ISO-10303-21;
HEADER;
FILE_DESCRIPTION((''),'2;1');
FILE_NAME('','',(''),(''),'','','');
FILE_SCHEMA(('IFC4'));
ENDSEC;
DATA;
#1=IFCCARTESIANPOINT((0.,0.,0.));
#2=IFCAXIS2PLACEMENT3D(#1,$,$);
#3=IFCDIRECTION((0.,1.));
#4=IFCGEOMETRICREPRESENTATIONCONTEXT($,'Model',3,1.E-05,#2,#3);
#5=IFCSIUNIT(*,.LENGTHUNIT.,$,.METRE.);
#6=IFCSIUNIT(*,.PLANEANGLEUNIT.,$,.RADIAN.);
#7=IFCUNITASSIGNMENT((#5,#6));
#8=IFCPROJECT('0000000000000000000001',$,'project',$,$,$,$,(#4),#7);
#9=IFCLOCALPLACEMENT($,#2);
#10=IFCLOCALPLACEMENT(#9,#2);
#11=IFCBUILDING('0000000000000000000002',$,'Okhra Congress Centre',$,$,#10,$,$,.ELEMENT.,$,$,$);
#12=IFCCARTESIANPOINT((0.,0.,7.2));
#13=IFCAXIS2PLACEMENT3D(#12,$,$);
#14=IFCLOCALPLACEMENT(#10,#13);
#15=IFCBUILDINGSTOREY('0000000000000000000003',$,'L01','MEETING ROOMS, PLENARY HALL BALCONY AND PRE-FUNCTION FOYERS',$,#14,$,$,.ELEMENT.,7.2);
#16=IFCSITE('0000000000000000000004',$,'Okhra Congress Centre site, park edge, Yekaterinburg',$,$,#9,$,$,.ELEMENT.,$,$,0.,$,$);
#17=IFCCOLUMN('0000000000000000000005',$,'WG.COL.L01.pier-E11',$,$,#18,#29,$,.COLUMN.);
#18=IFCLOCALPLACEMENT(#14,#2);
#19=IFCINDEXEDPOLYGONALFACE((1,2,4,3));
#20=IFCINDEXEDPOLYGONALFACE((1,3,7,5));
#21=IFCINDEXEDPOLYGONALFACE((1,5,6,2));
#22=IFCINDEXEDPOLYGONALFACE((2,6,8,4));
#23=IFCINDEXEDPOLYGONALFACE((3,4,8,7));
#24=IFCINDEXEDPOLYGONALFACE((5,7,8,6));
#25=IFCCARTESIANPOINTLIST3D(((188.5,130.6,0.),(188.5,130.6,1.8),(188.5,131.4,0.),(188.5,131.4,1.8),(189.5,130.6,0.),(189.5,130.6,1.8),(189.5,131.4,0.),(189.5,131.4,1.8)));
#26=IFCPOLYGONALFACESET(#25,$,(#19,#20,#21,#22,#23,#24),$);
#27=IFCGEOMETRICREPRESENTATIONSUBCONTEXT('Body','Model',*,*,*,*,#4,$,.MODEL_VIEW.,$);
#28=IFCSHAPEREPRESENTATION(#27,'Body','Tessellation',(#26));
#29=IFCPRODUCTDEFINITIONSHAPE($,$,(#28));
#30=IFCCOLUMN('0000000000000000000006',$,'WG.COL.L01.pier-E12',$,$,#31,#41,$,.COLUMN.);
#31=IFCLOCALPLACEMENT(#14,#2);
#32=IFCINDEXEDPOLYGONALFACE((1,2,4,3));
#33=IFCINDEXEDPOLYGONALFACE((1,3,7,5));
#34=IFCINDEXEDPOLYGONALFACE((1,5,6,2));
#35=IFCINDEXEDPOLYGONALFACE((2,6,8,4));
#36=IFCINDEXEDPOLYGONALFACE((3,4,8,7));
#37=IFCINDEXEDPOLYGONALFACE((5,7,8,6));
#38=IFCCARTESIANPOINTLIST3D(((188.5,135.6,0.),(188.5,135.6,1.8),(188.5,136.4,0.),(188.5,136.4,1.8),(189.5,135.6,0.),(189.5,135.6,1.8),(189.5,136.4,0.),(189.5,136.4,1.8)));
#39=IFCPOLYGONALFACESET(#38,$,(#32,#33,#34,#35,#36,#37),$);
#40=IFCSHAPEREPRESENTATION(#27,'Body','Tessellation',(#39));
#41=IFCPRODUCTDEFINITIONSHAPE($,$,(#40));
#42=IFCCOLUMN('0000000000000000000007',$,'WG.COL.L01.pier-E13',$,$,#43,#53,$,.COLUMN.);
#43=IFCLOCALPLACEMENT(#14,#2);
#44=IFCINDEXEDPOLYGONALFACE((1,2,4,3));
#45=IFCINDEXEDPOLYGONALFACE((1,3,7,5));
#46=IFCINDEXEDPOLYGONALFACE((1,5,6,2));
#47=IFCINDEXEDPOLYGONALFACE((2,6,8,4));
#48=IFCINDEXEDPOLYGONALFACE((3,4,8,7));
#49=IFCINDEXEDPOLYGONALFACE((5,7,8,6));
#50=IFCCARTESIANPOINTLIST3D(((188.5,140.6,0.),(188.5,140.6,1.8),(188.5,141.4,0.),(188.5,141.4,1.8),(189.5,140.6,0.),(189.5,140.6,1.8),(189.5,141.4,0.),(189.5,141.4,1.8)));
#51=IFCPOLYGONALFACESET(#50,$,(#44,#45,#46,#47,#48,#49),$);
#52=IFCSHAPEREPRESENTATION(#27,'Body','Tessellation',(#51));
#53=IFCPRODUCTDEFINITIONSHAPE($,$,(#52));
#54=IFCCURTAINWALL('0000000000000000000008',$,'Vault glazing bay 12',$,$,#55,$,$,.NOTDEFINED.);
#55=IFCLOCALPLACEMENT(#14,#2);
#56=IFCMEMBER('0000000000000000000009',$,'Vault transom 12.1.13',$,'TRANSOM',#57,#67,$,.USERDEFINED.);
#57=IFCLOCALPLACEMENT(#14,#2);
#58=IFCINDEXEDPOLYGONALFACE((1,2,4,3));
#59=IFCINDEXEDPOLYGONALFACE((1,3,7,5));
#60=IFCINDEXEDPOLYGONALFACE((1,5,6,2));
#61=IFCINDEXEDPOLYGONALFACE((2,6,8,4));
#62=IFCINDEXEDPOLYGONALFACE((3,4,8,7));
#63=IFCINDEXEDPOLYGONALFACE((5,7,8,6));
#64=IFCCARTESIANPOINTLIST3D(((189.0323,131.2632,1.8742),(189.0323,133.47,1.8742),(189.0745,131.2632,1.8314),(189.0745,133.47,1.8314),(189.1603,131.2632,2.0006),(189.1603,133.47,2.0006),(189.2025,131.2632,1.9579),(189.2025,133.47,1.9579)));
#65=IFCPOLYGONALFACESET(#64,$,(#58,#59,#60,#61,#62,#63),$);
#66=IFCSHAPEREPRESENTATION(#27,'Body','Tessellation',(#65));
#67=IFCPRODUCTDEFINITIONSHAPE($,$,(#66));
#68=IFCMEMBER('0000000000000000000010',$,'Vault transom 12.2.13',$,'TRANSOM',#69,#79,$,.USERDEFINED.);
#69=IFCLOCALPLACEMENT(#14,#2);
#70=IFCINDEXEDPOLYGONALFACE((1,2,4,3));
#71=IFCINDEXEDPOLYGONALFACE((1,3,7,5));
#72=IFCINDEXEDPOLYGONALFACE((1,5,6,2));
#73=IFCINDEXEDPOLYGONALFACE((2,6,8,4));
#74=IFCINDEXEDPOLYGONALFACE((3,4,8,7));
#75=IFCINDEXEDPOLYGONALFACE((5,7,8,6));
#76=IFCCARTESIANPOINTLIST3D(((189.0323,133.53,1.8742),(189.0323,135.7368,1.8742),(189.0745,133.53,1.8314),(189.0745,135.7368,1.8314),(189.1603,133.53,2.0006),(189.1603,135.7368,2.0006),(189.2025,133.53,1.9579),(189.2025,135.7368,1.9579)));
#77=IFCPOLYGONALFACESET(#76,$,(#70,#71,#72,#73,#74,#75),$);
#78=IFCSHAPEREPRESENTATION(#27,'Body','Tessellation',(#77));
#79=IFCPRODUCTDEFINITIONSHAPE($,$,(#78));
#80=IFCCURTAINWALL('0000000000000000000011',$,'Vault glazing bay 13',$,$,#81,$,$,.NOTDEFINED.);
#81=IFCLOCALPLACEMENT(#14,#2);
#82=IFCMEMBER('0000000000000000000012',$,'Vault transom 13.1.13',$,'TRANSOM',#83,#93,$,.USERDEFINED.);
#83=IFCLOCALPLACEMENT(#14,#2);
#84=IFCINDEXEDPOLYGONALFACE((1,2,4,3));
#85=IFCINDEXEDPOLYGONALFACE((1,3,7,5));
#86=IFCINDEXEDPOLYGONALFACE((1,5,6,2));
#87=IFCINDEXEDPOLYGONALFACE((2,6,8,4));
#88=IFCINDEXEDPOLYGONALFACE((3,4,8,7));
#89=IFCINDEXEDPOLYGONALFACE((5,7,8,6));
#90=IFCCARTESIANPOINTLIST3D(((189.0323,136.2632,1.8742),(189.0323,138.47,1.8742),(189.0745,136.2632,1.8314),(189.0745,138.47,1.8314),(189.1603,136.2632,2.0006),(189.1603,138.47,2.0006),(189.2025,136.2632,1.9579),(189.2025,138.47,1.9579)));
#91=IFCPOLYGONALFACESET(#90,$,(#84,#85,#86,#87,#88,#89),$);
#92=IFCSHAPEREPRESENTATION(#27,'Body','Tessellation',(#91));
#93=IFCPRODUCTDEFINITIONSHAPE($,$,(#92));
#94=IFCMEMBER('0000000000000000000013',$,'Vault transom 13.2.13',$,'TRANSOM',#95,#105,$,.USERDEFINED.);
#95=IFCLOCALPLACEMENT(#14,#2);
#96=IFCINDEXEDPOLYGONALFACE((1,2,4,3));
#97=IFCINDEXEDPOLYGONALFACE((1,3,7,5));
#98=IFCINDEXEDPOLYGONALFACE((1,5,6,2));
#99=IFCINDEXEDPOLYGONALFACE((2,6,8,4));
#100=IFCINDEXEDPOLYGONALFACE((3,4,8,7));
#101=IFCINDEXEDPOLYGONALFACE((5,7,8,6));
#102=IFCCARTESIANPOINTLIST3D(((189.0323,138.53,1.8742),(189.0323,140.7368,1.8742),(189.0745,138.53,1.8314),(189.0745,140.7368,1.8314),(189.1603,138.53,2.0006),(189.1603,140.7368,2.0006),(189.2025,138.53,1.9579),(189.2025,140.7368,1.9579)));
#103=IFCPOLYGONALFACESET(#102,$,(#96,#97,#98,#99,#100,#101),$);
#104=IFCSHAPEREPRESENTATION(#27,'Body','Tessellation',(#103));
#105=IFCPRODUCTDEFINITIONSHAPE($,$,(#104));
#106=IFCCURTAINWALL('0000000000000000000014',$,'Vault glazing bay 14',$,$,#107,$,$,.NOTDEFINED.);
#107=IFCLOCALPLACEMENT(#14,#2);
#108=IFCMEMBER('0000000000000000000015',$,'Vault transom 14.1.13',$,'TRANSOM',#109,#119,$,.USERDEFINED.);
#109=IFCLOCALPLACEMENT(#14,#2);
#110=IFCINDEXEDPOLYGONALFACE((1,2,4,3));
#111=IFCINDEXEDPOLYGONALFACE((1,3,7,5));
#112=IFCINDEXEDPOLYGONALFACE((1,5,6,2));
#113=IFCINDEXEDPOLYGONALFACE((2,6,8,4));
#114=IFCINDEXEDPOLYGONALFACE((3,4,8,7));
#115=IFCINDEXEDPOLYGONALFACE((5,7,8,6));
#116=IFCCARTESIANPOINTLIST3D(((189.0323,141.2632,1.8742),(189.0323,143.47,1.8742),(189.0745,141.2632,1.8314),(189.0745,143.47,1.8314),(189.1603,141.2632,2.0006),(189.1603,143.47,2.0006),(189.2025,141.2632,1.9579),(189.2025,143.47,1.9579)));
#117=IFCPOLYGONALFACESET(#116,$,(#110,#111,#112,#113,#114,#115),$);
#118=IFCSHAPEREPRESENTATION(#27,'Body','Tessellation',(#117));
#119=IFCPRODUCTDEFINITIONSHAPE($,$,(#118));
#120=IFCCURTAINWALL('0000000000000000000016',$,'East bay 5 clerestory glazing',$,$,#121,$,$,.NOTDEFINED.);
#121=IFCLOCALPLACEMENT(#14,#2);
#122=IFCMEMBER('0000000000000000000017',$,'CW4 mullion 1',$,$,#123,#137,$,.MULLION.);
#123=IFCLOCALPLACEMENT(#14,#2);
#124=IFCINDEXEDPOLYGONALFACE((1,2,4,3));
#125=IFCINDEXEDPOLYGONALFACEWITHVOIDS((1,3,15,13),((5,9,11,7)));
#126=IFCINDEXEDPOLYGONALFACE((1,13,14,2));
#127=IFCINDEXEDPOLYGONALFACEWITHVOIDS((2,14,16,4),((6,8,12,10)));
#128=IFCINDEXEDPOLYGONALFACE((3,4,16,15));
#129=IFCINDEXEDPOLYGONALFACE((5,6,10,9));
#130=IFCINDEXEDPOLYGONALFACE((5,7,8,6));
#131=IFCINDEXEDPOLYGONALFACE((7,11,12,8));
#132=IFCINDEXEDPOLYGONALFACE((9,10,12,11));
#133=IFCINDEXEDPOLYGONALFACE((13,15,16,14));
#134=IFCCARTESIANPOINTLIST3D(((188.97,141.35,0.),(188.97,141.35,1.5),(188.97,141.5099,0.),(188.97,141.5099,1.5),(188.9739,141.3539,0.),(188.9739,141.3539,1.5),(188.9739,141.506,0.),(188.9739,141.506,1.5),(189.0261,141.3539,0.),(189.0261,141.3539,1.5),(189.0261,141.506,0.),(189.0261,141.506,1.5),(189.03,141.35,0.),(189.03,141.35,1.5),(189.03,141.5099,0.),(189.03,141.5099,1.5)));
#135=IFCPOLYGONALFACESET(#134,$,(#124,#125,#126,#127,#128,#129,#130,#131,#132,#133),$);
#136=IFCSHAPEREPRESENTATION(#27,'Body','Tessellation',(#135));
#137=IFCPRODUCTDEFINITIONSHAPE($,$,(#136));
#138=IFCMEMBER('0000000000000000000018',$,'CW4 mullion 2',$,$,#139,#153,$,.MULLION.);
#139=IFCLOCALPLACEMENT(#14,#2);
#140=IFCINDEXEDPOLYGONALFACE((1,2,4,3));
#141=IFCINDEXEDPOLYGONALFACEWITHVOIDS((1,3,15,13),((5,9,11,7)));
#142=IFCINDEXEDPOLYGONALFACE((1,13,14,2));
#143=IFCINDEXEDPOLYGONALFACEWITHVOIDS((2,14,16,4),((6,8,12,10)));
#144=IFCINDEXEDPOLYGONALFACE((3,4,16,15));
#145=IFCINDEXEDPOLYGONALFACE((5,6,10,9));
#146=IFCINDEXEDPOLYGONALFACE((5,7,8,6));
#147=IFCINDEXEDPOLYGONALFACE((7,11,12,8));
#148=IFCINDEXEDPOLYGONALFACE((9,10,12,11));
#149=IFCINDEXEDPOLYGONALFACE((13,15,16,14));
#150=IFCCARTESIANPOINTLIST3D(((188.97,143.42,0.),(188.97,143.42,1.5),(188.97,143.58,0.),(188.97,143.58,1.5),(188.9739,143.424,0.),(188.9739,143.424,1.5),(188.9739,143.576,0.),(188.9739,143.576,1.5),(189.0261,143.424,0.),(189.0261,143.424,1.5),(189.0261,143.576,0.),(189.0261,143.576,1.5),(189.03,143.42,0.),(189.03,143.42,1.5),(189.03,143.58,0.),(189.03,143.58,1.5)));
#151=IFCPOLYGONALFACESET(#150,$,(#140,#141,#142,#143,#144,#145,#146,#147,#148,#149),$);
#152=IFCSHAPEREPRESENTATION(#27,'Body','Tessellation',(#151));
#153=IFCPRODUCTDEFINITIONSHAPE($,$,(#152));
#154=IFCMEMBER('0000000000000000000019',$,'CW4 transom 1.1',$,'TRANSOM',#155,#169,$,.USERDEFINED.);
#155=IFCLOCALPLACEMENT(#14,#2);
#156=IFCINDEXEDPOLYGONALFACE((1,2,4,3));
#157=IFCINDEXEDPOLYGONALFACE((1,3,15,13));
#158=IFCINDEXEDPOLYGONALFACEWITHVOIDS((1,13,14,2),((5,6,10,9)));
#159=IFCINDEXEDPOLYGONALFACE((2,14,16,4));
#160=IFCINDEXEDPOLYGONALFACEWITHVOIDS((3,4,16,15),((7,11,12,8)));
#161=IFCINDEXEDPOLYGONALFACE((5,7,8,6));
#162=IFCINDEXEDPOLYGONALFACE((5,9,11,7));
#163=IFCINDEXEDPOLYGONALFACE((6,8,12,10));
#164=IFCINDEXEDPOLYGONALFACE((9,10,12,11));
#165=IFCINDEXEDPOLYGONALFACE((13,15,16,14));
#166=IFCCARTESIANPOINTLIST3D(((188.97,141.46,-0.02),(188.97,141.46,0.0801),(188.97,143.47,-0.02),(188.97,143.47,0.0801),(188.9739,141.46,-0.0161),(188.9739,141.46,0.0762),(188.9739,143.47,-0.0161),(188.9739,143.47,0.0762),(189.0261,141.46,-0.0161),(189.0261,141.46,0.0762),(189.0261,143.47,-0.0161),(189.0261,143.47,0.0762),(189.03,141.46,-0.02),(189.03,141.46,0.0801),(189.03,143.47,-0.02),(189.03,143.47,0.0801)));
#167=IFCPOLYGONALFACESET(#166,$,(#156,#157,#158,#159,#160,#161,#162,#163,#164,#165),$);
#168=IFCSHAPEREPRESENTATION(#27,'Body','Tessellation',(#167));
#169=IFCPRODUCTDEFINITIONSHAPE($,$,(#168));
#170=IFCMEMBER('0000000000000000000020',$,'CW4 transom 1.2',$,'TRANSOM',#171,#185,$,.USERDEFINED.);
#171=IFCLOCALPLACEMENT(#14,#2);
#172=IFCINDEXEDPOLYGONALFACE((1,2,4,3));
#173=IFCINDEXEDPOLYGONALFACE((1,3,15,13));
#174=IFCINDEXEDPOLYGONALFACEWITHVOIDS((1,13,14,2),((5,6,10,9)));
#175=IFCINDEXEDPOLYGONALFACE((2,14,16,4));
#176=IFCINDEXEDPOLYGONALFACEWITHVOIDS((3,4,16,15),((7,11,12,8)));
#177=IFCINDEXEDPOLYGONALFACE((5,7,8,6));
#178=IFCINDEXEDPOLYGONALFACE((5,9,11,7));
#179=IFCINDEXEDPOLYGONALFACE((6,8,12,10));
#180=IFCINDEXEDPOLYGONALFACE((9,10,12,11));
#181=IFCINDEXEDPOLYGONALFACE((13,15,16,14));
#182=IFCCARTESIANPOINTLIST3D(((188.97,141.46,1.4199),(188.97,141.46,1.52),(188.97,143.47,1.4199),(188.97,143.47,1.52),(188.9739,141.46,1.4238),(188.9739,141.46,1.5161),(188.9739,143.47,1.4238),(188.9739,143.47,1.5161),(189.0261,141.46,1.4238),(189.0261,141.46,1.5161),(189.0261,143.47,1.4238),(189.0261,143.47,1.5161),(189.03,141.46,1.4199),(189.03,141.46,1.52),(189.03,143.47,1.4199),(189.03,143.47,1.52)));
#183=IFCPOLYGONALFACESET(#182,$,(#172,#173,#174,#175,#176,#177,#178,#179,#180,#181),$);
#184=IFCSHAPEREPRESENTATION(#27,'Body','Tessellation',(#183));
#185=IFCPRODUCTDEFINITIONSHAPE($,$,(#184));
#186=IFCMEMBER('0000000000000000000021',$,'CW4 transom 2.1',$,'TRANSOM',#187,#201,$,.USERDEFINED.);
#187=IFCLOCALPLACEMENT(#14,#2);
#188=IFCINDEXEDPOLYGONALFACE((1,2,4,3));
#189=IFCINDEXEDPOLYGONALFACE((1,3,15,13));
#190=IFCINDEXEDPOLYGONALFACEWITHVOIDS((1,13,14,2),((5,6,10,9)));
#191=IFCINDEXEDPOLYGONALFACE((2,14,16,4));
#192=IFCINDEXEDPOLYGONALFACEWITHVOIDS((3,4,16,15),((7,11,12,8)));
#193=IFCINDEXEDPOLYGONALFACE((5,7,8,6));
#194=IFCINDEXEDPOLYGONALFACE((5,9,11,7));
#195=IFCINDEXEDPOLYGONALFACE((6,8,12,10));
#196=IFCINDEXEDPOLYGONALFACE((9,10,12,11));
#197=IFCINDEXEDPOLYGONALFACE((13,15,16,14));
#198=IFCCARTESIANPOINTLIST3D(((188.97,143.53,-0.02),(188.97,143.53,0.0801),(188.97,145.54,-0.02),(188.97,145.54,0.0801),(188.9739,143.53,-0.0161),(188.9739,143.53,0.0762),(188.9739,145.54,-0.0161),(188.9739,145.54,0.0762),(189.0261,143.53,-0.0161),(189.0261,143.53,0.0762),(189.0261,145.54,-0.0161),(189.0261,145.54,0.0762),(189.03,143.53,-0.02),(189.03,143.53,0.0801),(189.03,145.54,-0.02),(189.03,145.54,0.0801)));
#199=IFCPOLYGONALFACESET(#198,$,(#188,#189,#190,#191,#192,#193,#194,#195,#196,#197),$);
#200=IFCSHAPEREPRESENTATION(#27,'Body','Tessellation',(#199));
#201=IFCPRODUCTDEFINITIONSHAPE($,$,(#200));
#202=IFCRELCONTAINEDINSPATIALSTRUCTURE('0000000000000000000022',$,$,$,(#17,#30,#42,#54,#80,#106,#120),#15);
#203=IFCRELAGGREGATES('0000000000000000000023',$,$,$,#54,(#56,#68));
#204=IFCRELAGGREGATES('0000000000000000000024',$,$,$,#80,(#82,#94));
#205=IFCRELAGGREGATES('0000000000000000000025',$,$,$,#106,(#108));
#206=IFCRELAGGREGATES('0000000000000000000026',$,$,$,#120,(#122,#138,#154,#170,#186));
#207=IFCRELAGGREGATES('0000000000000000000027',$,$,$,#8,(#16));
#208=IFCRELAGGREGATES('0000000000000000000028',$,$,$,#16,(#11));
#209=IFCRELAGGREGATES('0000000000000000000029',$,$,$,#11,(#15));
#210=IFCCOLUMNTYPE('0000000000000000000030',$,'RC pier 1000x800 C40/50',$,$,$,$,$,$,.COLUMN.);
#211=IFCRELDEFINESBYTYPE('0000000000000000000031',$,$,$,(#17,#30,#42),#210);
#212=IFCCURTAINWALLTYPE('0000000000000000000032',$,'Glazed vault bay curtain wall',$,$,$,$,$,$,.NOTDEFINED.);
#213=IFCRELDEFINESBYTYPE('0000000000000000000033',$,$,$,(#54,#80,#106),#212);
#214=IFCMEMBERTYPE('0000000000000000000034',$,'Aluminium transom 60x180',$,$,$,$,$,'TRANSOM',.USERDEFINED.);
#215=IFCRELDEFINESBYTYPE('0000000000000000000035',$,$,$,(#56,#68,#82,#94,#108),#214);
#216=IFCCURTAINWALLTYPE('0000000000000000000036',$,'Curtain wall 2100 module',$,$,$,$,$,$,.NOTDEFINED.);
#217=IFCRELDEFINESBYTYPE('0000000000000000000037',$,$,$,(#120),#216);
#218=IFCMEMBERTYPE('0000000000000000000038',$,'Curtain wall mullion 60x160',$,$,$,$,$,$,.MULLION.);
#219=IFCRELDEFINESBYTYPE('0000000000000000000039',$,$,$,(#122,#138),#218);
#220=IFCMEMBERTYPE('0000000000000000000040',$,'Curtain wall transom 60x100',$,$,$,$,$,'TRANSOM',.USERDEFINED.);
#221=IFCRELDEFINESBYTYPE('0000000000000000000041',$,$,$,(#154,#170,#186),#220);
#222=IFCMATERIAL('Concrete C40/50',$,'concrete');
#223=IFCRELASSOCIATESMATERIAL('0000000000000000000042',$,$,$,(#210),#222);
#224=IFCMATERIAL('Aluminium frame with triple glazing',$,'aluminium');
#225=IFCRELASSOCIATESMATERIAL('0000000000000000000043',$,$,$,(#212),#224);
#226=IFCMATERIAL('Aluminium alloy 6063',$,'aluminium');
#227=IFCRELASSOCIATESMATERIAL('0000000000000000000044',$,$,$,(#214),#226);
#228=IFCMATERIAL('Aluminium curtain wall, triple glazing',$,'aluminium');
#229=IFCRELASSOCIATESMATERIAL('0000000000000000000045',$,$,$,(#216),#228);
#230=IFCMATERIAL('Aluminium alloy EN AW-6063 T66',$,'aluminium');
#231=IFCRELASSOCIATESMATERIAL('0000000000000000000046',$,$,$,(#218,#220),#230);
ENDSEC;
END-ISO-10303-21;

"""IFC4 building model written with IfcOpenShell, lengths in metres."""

from ifc_helpers import new_model, si_unit, direction, frame, origin, origin_2d, place, context, subcontext, project, spatial, rectangle, hollow_rectangle, extrude, material, material_profile, profile_set, type_object, element, aggregate, save


model = new_model("IFC4")

# Units and contexts
model_context = context("Model", 3, precision=1e-05, world=origin(), true_north=direction((0.0, 1.0)))
body_context = subcontext(model_context, "Body", "Model", "MODEL_VIEW")
ifc_project = project(units=[si_unit("LENGTHUNIT", "METRE"), si_unit("PLANEANGLEUNIT", "RADIAN")], contexts=[model_context])

# Site, building, storey
site_placement = place(None, origin())
site = spatial("IfcSite", under=ifc_project, at=site_placement, Name="Okhra Congress Centre site, park edge, Yekaterinburg", CompositionType="ELEMENT", RefElevation=0.0)
building_placement = place(site_placement, origin())
building = spatial("IfcBuilding", under=site, at=building_placement, Name="Okhra Congress Centre", CompositionType="ELEMENT")
storey_placement = place(building_placement, frame((0.0, 0.0, 7.2)))
storey = spatial("IfcBuildingStorey", under=building, at=storey_placement, Name="L01", Description="MEETING ROOMS, PLENARY HALL BALCONY AND PRE-FUNCTION FOYERS", CompositionType="ELEMENT", Elevation=7.2)

# Columns
ifc_material_1 = material(Name="Concrete C40/50", Category="concrete")
ifc_material_profile_1 = material_profile(ifc_material_1, rectangle(XDim=1.0, YDim=0.8, at=origin_2d()), Name="RC 1000x800")
ifc_profile_set_1 = profile_set([ifc_material_profile_1], Name="Concrete C40/50")
column_type = type_object("IfcColumnType", Name="RC pier 1000x800 C40/50", PredefinedType="COLUMN", material=ifc_profile_set_1)
for number, where, z_axis, x_axis, name in (
    (1, (189.0, 131.0, 0.0), (0.0, 0.0, 1.0), (1.0, 0.0, 0.0), "WG.COL.L01.pier-E11"),
    (2, (189.0, 136.0, 0.0), (0.0, 0.0, 1.0), (1.0, 0.0, 0.0), "WG.COL.L01.pier-E12"),
    (3, (189.0, 141.0, 0.0), (0.0, 0.0, 1.0), (1.0, 0.0, 0.0), "WG.COL.L01.pier-E13"),
):
    element("IfcColumn", number, at=place(storey_placement, frame(where, z_axis=z_axis, x_axis=x_axis)), inside=storey, type_object=column_type, Name=name, PredefinedType="COLUMN", context=body_context, shape_type="SweptSolid", body=[
        extrude(rectangle(XDim=1.0, YDim=0.8, at=origin_2d()), origin(), (0.0, 0.0, 1.0), 1.8),
    ])

# Curtain walls, members
ifc_material_2 = material(Name="Aluminium frame with triple glazing", Category="aluminium")
curtain_wall_type_1 = type_object("IfcCurtainWallType", Name="Glazed vault bay curtain wall", PredefinedType="NOTDEFINED", material=ifc_material_2)
curtain_wall_1_placement = place(storey_placement, origin())
curtain_wall_1 = element("IfcCurtainWall", 4, at=curtain_wall_1_placement, inside=storey, type_object=curtain_wall_type_1, Name="Vault glazing bay 12", PredefinedType="NOTDEFINED")
ifc_material_3 = material(Name="Aluminium alloy 6063", Category="aluminium")
ifc_material_profile_2 = material_profile(ifc_material_3, rectangle(XDim=0.0601, YDim=0.1799, at=origin_2d()), Name="AL 60x180 transom")
ifc_profile_set_2 = profile_set([ifc_material_profile_2], Name="Aluminium alloy 6063")
member_type_1 = type_object("IfcMemberType", Name="Aluminium transom 60x180", ElementType="TRANSOM", PredefinedType="USERDEFINED", material=ifc_profile_set_2)
member_1_placement = place(storey_placement, frame((189.1174, 131.2632, 1.916), z_axis=(0.0, 1.0, 0.0), x_axis=(-0.702636, 0.0, 0.711549)))
member_1 = element("IfcMember", 5, at=member_1_placement, type_object=member_type_1, Name="Vault transom 12.1.13", ObjectType="TRANSOM", PredefinedType="USERDEFINED", context=body_context, shape_type="SweptSolid", body=[
    extrude(rectangle(XDim=0.0601, YDim=0.1799, at=origin_2d()), origin(), (0.0, 0.0, 1.0), 2.2068),
])
member_2_placement = place(storey_placement, frame((189.1174, 133.53, 1.916), z_axis=(0.0, 1.0, 0.0), x_axis=(-0.702636, 0.0, 0.711549)))
member_2 = element("IfcMember", 6, at=member_2_placement, type_object=member_type_1, Name="Vault transom 12.2.13", ObjectType="TRANSOM", PredefinedType="USERDEFINED", context=body_context, shape_type="SweptSolid", body=[
    extrude(rectangle(XDim=0.0601, YDim=0.1799, at=origin_2d()), origin(), (0.0, 0.0, 1.0), 2.2068),
])
aggregate(curtain_wall_1, [member_1, member_2])
curtain_wall_2_placement = place(storey_placement, origin())
curtain_wall_2 = element("IfcCurtainWall", 7, at=curtain_wall_2_placement, inside=storey, type_object=curtain_wall_type_1, Name="Vault glazing bay 13", PredefinedType="NOTDEFINED")
member_3_placement = place(storey_placement, frame((189.1174, 136.2632, 1.916), z_axis=(0.0, 1.0, 0.0), x_axis=(-0.702636, 0.0, 0.711549)))
member_3 = element("IfcMember", 8, at=member_3_placement, type_object=member_type_1, Name="Vault transom 13.1.13", ObjectType="TRANSOM", PredefinedType="USERDEFINED", context=body_context, shape_type="SweptSolid", body=[
    extrude(rectangle(XDim=0.0601, YDim=0.1799, at=origin_2d()), origin(), (0.0, 0.0, 1.0), 2.2068),
])
member_4_placement = place(storey_placement, frame((189.1174, 138.53, 1.916), z_axis=(0.0, 1.0, 0.0), x_axis=(-0.702636, 0.0, 0.711549)))
member_4 = element("IfcMember", 9, at=member_4_placement, type_object=member_type_1, Name="Vault transom 13.2.13", ObjectType="TRANSOM", PredefinedType="USERDEFINED", context=body_context, shape_type="SweptSolid", body=[
    extrude(rectangle(XDim=0.0601, YDim=0.1799, at=origin_2d()), origin(), (0.0, 0.0, 1.0), 2.2068),
])
aggregate(curtain_wall_2, [member_3, member_4])

# Curtain wall, member
curtain_wall_3_placement = place(storey_placement, origin())
curtain_wall_3 = element("IfcCurtainWall", 10, at=curtain_wall_3_placement, inside=storey, type_object=curtain_wall_type_1, Name="Vault glazing bay 14", PredefinedType="NOTDEFINED")
member_5_placement = place(storey_placement, frame((189.1174, 141.2632, 1.916), z_axis=(0.0, 1.0, 0.0), x_axis=(-0.702636, 0.0, 0.711549)))
member_5 = element("IfcMember", 11, at=member_5_placement, type_object=member_type_1, Name="Vault transom 14.1.13", ObjectType="TRANSOM", PredefinedType="USERDEFINED", context=body_context, shape_type="SweptSolid", body=[
    extrude(rectangle(XDim=0.0601, YDim=0.1799, at=origin_2d()), origin(), (0.0, 0.0, 1.0), 2.2068),
])
aggregate(curtain_wall_3, [member_5])

# Curtain wall, members
ifc_material_4 = material(Name="Aluminium curtain wall, triple glazing", Category="aluminium")
curtain_wall_type_2 = type_object("IfcCurtainWallType", Name="Curtain wall 2100 module", PredefinedType="NOTDEFINED", material=ifc_material_4)
curtain_wall_4_placement = place(storey_placement, origin())
curtain_wall_4 = element("IfcCurtainWall", 12, at=curtain_wall_4_placement, inside=storey, type_object=curtain_wall_type_2, Name="East bay 5 clerestory glazing", PredefinedType="NOTDEFINED")
ifc_material_5 = material(Name="Aluminium alloy EN AW-6063 T66", Category="aluminium")
ifc_material_profile_3 = material_profile(ifc_material_5, hollow_rectangle(XDim=0.0601, YDim=0.1599, WallThickness=0.0039, at=origin_2d()), Name="RHS 60x160x4")
ifc_profile_set_3 = profile_set([ifc_material_profile_3], Name="Aluminium alloy EN AW-6063 T66")
member_type_2 = type_object("IfcMemberType", Name="Curtain wall mullion 60x160", PredefinedType="MULLION", material=ifc_profile_set_3)
member_6_placement = place(storey_placement, frame((189.0, 141.4299, 0.0), z_axis=(0.0, 0.0, 1.0), x_axis=(-1.0, 0.0, 0.0)))
member_6 = element("IfcMember", 13, at=member_6_placement, type_object=member_type_2, Name="CW4 mullion 1", PredefinedType="MULLION", context=body_context, shape_type="SweptSolid", body=[
    extrude(hollow_rectangle(XDim=0.0601, YDim=0.1599, WallThickness=0.0039, at=origin_2d()), origin(), (0.0, 0.0, 1.0), 1.5),
])
member_7_placement = place(storey_placement, frame((189.0, 143.5, 0.0), z_axis=(0.0, 0.0, 1.0), x_axis=(-1.0, 0.0, 0.0)))
member_7 = element("IfcMember", 14, at=member_7_placement, type_object=member_type_2, Name="CW4 mullion 2", PredefinedType="MULLION", context=body_context, shape_type="SweptSolid", body=[
    extrude(hollow_rectangle(XDim=0.0601, YDim=0.1599, WallThickness=0.0039, at=origin_2d()), origin(), (0.0, 0.0, 1.0), 1.5),
])
ifc_material_profile_4 = material_profile(ifc_material_5, hollow_rectangle(XDim=0.0601, YDim=0.1001, WallThickness=0.0039, at=origin_2d()), Name="RHS 60x100x4")
ifc_profile_set_4 = profile_set([ifc_material_profile_4], Name="Aluminium alloy EN AW-6063 T66")
member_type_3 = type_object("IfcMemberType", Name="Curtain wall transom 60x100", ElementType="TRANSOM", PredefinedType="USERDEFINED", material=ifc_profile_set_4)
member_8_placement = place(storey_placement, frame((189.0, 141.46, 0.03), z_axis=(0.0, 1.0, 0.0), x_axis=(-1.0, 0.0, 0.0)))
member_8 = element("IfcMember", 15, at=member_8_placement, type_object=member_type_3, Name="CW4 transom 1.1", ObjectType="TRANSOM", PredefinedType="USERDEFINED", context=body_context, shape_type="SweptSolid", body=[
    extrude(hollow_rectangle(XDim=0.0601, YDim=0.1001, WallThickness=0.0039, at=origin_2d()), origin(), (0.0, 0.0, 1.0), 2.01),
])
member_9_placement = place(storey_placement, frame((189.0, 141.46, 1.47), z_axis=(0.0, 1.0, 0.0), x_axis=(-1.0, 0.0, 0.0)))
member_9 = element("IfcMember", 16, at=member_9_placement, type_object=member_type_3, Name="CW4 transom 1.2", ObjectType="TRANSOM", PredefinedType="USERDEFINED", context=body_context, shape_type="SweptSolid", body=[
    extrude(hollow_rectangle(XDim=0.0601, YDim=0.1001, WallThickness=0.0039, at=origin_2d()), origin(), (0.0, 0.0, 1.0), 2.01),
])
member_10_placement = place(storey_placement, frame((189.0, 143.53, 0.03), z_axis=(0.0, 1.0, 0.0), x_axis=(-1.0, 0.0, 0.0)))
member_10 = element("IfcMember", 17, at=member_10_placement, type_object=member_type_3, Name="CW4 transom 2.1", ObjectType="TRANSOM", PredefinedType="USERDEFINED", context=body_context, shape_type="SweptSolid", body=[
    extrude(hollow_rectangle(XDim=0.0601, YDim=0.1001, WallThickness=0.0039, at=origin_2d()), origin(), (0.0, 0.0, 1.0), 2.01),
])

aggregate(curtain_wall_4, [member_6, member_7, member_8, member_9, member_10])

save(model, "model.ifc")
